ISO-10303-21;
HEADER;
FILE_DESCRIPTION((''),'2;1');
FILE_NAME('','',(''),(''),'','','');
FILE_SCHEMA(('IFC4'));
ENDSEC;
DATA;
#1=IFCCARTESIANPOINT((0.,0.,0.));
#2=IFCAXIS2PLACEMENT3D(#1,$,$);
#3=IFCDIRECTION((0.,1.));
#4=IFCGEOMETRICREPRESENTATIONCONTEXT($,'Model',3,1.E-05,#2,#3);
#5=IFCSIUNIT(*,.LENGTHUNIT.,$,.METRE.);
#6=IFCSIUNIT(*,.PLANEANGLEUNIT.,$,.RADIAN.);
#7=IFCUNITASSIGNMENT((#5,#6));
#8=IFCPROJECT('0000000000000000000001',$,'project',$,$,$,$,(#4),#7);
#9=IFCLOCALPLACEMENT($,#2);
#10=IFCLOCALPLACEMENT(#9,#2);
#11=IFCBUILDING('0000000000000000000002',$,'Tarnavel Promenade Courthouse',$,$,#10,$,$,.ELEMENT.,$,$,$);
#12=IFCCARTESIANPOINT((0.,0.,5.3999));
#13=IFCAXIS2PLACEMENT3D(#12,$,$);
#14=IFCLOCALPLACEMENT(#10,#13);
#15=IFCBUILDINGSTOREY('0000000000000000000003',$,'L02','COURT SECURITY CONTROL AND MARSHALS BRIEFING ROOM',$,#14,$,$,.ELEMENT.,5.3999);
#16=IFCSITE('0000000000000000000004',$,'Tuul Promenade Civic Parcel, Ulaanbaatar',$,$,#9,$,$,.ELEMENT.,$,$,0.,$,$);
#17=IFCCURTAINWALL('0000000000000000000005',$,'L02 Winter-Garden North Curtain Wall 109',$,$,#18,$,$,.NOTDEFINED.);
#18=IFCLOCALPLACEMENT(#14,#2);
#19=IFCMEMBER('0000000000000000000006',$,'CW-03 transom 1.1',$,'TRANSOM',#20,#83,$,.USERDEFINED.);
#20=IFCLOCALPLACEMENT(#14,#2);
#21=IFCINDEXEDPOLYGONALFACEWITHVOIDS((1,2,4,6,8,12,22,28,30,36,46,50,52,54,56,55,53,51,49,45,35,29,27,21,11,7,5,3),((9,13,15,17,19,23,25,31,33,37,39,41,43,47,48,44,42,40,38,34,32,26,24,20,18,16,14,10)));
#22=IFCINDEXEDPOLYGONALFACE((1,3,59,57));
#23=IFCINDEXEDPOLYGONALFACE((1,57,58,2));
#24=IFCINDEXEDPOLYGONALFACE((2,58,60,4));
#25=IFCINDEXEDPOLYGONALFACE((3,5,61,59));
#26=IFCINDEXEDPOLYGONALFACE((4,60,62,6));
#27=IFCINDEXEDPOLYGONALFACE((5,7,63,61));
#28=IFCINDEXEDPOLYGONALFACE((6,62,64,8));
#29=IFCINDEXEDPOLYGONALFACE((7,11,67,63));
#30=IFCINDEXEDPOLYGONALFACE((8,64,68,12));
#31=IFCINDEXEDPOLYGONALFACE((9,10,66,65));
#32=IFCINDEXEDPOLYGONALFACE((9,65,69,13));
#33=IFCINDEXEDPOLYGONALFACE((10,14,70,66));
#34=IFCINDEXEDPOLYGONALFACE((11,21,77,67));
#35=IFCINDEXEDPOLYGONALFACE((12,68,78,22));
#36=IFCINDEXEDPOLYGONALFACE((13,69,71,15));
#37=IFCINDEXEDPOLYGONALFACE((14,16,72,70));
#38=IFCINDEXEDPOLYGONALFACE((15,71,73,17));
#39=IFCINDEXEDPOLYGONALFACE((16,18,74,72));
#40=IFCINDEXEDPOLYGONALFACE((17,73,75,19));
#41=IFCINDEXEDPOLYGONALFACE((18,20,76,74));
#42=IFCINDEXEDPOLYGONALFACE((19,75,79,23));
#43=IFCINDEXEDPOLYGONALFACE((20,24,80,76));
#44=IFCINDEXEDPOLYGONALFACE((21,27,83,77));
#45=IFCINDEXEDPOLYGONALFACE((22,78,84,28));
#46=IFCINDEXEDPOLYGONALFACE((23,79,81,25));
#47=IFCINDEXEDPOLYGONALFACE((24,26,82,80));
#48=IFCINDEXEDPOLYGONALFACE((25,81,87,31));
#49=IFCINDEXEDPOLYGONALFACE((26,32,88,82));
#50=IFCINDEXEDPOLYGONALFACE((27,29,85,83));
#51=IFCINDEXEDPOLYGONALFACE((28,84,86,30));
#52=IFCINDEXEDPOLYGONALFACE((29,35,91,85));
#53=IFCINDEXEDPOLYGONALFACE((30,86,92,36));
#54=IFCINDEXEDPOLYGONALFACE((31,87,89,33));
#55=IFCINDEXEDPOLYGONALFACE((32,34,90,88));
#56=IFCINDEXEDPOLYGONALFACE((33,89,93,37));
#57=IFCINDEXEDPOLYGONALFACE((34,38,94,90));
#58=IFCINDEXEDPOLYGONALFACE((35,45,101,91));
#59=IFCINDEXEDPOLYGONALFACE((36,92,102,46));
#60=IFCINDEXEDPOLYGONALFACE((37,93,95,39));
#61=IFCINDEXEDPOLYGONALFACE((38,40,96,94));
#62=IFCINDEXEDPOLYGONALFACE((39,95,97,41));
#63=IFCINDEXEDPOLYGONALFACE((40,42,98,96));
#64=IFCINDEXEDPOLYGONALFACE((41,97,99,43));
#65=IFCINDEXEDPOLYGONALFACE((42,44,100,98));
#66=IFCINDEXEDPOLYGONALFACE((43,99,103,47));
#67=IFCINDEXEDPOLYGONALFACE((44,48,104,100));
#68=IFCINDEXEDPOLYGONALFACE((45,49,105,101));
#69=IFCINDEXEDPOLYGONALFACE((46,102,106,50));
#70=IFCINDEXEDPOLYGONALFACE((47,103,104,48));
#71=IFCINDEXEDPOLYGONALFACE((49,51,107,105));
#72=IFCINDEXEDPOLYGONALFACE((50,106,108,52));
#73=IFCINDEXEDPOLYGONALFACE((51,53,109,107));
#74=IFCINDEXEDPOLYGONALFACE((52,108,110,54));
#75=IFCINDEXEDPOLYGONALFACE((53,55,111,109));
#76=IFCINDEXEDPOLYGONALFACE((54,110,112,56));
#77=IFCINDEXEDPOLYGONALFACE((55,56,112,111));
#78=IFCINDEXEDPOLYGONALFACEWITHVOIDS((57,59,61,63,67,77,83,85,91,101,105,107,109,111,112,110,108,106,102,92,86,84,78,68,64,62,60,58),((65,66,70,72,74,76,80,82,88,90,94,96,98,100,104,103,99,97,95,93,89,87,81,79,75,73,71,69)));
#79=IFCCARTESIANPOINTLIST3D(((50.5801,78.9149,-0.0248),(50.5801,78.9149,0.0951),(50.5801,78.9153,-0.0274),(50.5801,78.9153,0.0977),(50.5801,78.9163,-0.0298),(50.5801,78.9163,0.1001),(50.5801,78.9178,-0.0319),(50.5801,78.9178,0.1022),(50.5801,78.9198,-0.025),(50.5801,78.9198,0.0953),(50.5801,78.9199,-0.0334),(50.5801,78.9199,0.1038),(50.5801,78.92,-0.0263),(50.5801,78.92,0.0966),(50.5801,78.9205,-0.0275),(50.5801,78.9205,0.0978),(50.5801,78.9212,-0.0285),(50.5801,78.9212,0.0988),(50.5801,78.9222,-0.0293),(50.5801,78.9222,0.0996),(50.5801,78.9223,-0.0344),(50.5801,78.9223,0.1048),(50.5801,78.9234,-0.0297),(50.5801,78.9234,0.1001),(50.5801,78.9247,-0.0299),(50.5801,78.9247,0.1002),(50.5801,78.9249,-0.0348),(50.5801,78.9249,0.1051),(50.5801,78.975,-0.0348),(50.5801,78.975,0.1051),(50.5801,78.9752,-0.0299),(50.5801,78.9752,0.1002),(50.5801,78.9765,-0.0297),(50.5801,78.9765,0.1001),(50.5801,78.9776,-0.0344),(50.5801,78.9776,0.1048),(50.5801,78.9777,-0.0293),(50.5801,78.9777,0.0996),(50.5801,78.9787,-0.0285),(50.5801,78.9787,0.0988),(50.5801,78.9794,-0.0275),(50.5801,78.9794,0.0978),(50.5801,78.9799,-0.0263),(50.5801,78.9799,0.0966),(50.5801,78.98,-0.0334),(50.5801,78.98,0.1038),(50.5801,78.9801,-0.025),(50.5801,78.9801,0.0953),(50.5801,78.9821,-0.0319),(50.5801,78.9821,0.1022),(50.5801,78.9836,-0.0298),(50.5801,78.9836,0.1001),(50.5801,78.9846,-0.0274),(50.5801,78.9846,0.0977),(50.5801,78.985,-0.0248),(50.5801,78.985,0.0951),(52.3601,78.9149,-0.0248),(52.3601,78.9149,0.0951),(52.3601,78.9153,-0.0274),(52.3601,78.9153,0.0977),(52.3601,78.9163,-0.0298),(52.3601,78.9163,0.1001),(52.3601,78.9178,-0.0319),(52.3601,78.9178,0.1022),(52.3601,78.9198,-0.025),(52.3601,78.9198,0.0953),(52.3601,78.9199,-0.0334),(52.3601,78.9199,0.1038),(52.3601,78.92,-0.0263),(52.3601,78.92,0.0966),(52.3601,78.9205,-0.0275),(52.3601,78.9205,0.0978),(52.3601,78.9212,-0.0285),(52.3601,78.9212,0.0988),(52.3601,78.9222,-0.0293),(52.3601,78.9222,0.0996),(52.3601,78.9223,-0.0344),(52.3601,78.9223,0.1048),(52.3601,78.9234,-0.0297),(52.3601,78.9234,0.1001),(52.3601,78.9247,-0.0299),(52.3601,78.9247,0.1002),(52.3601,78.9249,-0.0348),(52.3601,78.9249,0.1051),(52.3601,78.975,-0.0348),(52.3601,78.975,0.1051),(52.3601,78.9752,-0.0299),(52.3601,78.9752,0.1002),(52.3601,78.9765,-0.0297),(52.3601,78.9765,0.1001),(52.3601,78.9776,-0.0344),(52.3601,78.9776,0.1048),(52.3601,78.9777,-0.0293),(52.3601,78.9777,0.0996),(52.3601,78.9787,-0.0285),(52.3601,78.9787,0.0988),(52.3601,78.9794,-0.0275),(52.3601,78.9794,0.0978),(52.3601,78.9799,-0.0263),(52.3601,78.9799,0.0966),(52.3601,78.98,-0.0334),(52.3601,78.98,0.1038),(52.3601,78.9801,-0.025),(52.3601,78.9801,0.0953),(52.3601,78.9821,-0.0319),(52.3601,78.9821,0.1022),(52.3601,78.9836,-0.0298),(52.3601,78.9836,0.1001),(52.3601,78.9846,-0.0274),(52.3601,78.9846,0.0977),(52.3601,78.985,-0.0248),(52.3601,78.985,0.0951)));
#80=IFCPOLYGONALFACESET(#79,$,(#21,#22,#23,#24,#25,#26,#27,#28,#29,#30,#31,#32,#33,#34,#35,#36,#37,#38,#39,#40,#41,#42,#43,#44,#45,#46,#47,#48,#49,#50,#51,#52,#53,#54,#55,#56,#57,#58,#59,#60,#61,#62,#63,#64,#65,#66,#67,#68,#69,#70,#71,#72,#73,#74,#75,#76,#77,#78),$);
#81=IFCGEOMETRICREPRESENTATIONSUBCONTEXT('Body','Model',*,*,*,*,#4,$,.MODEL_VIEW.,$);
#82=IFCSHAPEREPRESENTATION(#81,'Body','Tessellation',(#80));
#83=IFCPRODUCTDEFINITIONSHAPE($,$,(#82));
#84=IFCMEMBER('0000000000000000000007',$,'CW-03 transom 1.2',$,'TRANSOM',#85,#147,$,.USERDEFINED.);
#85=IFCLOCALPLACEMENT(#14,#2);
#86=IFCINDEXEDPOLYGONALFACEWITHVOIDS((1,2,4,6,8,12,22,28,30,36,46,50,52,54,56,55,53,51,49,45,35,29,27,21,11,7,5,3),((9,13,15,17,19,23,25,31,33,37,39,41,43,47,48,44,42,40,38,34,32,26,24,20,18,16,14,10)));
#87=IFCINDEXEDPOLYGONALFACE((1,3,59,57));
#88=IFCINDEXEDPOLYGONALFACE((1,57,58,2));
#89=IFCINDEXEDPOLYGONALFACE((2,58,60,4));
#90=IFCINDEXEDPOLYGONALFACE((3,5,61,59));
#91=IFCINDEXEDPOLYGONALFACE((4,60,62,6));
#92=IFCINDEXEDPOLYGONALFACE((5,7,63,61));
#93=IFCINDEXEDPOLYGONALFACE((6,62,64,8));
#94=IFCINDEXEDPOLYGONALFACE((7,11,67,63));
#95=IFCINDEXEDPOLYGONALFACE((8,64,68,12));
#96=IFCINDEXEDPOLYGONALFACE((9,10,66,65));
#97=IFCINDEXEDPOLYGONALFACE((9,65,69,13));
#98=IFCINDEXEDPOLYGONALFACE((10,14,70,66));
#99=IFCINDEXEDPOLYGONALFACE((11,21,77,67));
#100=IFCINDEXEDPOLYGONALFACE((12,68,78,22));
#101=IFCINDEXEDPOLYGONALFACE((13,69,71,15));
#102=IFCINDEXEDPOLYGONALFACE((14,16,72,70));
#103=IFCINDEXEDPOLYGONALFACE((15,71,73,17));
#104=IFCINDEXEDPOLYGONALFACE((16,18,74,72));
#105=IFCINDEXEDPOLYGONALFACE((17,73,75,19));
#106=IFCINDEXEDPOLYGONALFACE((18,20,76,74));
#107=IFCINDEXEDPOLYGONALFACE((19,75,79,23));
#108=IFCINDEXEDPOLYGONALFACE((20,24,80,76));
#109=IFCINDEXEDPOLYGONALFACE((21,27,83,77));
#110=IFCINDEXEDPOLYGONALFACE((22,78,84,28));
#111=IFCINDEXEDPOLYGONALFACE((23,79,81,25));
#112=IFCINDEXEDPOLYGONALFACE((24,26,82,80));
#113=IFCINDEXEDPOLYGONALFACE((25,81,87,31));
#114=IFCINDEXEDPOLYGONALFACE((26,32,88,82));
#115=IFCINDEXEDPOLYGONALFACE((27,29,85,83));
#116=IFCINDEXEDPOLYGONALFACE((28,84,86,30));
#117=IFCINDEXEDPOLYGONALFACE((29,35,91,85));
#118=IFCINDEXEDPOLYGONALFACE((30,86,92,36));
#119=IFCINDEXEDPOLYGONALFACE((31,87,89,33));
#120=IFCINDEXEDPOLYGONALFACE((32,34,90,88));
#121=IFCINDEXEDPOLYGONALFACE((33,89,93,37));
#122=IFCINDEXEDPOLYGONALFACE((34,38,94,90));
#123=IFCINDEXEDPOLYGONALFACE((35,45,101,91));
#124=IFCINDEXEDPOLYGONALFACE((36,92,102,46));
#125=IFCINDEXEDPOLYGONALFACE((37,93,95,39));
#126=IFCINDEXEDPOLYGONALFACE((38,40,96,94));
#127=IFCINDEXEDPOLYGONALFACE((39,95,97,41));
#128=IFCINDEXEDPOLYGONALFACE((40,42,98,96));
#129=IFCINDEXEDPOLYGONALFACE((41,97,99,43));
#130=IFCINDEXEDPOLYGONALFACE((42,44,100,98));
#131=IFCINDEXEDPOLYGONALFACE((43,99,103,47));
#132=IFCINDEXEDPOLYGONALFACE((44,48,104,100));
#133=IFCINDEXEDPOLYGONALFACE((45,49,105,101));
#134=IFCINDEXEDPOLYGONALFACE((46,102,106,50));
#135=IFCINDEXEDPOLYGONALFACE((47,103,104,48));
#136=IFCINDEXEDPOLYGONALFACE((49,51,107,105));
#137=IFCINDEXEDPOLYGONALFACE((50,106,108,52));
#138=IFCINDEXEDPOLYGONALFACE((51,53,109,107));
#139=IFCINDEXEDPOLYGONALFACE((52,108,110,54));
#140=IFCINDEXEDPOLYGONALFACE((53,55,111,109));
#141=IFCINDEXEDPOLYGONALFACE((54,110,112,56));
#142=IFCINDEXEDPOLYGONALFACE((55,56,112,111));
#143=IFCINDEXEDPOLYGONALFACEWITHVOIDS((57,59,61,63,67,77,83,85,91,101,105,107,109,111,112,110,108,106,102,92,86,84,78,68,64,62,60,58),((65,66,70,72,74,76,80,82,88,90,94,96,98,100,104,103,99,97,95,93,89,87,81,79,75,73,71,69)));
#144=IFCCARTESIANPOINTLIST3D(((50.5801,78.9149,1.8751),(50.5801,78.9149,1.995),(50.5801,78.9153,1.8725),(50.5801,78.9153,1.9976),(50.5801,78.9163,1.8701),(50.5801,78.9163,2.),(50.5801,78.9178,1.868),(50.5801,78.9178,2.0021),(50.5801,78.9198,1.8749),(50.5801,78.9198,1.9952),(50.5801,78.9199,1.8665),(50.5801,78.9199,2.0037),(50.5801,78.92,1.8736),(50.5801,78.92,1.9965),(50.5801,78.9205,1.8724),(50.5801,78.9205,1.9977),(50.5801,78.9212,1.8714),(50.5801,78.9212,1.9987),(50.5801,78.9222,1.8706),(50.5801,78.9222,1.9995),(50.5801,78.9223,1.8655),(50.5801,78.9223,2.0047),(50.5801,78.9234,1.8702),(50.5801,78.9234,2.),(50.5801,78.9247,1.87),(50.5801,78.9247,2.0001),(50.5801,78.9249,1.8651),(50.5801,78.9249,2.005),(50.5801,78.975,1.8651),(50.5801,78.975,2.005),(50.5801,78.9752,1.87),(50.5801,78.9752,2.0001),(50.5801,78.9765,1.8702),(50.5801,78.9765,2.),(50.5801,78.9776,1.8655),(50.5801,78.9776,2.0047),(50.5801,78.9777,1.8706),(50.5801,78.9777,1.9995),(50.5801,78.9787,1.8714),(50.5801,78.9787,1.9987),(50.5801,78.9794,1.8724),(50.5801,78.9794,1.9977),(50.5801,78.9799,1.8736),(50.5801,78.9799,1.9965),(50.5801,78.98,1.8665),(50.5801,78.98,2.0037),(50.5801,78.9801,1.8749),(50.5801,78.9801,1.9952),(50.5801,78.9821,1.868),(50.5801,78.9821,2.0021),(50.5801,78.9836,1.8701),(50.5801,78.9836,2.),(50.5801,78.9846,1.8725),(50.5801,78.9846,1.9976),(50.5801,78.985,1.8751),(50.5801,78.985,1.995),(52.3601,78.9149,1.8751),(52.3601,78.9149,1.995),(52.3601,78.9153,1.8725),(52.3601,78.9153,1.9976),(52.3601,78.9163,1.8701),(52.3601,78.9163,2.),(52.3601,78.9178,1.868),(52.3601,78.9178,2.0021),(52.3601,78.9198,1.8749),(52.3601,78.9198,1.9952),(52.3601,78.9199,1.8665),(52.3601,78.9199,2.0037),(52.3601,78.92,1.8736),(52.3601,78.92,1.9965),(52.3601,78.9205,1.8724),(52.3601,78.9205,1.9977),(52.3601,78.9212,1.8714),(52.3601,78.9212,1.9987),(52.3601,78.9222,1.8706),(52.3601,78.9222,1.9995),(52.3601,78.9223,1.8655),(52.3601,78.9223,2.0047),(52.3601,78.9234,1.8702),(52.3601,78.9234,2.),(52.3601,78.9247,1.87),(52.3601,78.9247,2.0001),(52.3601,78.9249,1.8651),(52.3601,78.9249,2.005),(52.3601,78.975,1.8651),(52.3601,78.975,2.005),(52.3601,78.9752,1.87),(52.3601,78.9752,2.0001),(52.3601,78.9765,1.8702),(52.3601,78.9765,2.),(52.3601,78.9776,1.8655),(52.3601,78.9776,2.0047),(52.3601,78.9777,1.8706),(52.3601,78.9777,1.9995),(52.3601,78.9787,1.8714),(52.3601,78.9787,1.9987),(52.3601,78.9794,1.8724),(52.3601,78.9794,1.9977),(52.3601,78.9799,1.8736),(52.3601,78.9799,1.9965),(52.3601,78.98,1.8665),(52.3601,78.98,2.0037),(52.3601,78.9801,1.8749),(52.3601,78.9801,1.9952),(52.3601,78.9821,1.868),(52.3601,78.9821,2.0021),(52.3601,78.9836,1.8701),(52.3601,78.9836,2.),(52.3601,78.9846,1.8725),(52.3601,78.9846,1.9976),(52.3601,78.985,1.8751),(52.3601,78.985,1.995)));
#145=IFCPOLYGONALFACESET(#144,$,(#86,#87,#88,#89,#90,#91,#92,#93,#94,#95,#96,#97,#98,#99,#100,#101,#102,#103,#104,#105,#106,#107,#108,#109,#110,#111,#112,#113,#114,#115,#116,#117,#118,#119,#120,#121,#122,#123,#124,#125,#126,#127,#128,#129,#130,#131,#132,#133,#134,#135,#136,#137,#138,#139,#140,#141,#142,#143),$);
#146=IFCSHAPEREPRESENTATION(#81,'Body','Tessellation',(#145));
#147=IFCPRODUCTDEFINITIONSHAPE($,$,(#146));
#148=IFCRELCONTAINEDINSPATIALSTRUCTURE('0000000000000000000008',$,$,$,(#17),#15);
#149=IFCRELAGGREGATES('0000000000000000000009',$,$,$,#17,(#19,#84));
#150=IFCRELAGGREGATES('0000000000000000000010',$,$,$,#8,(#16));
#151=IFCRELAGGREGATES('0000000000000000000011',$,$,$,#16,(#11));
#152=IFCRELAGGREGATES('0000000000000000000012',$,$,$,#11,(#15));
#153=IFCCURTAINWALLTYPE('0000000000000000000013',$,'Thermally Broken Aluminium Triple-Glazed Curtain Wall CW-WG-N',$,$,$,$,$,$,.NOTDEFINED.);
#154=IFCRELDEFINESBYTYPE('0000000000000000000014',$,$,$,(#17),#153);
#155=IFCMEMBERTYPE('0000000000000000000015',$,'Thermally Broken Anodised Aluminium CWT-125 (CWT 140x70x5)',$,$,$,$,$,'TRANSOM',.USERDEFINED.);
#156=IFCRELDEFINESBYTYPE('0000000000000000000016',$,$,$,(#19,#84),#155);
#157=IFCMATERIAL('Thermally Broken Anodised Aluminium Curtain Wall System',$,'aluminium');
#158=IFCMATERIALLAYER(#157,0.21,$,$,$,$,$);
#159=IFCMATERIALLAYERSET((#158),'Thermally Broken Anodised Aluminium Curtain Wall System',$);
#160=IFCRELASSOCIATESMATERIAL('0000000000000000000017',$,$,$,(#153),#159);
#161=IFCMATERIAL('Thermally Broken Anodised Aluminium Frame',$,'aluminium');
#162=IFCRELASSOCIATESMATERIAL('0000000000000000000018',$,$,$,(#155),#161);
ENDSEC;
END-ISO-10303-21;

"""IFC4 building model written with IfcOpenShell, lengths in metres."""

from ifc_helpers import new_model, si_unit, direction, frame, origin, origin_2d, place, context, subcontext, project, spatial, hollow_rectangle, extrude, material, layer, layer_set, material_profile, profile_set, type_object, element, aggregate, save


model = new_model("IFC4")

# Units and contexts
model_context = context("Model", 3, precision=1e-05, world=origin(), true_north=direction((0.0, 1.0)))
body_context = subcontext(model_context, "Body", "Model", "MODEL_VIEW")
ifc_project = project(units=[si_unit("LENGTHUNIT", "METRE"), si_unit("PLANEANGLEUNIT", "RADIAN")], contexts=[model_context])

# Site, building, storey
site_placement = place(None, origin())
site = spatial("IfcSite", under=ifc_project, at=site_placement, Name="Tuul Promenade Civic Parcel, Ulaanbaatar", CompositionType="ELEMENT", RefElevation=0.0)
building_placement = place(site_placement, origin())
building = spatial("IfcBuilding", under=site, at=building_placement, Name="Tarnavel Promenade Courthouse", CompositionType="ELEMENT")
storey_placement = place(building_placement, frame((0.0, 0.0, 5.3999)))
storey = spatial("IfcBuildingStorey", under=building, at=storey_placement, Name="L02", Description="COURT SECURITY CONTROL AND MARSHALS BRIEFING ROOM", CompositionType="ELEMENT", Elevation=5.3999)

# Shared definitions
ifc_material_1 = material(Name="Thermally Broken Anodised Aluminium Curtain Wall System", Category="aluminium")
ifc_layer_1 = layer(ifc_material_1, 0.21)
ifc_layer_set_1 = layer_set([ifc_layer_1], Name="Thermally Broken Anodised Aluminium Curtain Wall System")
curtain_wall_type = type_object("IfcCurtainWallType", Name="Thermally Broken Aluminium Triple-Glazed Curtain Wall CW-WG-N", PredefinedType="NOTDEFINED", material=ifc_layer_set_1)
ifc_material_2 = material(Name="Thermally Broken Anodised Aluminium Frame", Category="aluminium")

# Curtain wall
curtain_wall_1_placement = place(storey_placement, origin())
curtain_wall_1 = element("IfcCurtainWall", 1, at=curtain_wall_1_placement, inside=storey, type_object=curtain_wall_type, Name="L02 Winter-Garden North Curtain Wall 109", PredefinedType="NOTDEFINED")

# Members
ifc_material_profile_1 = material_profile(ifc_material_2, hollow_rectangle(XDim=0.0701, YDim=0.1399, WallThickness=0.0049, InnerFilletRadius=0.0049, OuterFilletRadius=0.01, at=origin_2d()), Name="CWT 140x70x5")
ifc_profile_set_1 = profile_set([ifc_material_profile_1], Name="Thermally Broken Anodised Aluminium Frame")
member_type_1 = type_object("IfcMemberType", Name="Thermally Broken Anodised Aluminium CWT-125 (CWT 140x70x5)", ElementType="TRANSOM", PredefinedType="USERDEFINED", material=ifc_profile_set_1)
member_1_placement = place(storey_placement, frame((50.5801, 78.95, 0.0352), z_axis=(1.0, 0.0, 0.0), x_axis=(0.0, 1.0, 0.0)))
member_1 = element("IfcMember", 2, at=member_1_placement, type_object=member_type_1, Name="CW-03 transom 1.1", ObjectType="TRANSOM", PredefinedType="USERDEFINED", context=body_context, shape_type="SweptSolid", body=[
    extrude(hollow_rectangle(XDim=0.0701, YDim=0.1399, WallThickness=0.0049, InnerFilletRadius=0.0049, OuterFilletRadius=0.01, at=origin_2d()), origin(), (0.0, 0.0, 1.0), 1.78),
])
member_2_placement = place(storey_placement, frame((50.5801, 78.95, 1.9351), z_axis=(1.0, 0.0, 0.0), x_axis=(0.0, 1.0, 0.0)))
member_2 = element("IfcMember", 3, at=member_2_placement, type_object=member_type_1, Name="CW-03 transom 1.2", ObjectType="TRANSOM", PredefinedType="USERDEFINED", context=body_context, shape_type="SweptSolid", body=[
    extrude(hollow_rectangle(XDim=0.0701, YDim=0.1399, WallThickness=0.0049, InnerFilletRadius=0.0049, OuterFilletRadius=0.01, at=origin_2d()), origin(), (0.0, 0.0, 1.0), 1.78),
])

aggregate(curtain_wall_1, [member_1, member_2])

save(model, "model.ifc")
